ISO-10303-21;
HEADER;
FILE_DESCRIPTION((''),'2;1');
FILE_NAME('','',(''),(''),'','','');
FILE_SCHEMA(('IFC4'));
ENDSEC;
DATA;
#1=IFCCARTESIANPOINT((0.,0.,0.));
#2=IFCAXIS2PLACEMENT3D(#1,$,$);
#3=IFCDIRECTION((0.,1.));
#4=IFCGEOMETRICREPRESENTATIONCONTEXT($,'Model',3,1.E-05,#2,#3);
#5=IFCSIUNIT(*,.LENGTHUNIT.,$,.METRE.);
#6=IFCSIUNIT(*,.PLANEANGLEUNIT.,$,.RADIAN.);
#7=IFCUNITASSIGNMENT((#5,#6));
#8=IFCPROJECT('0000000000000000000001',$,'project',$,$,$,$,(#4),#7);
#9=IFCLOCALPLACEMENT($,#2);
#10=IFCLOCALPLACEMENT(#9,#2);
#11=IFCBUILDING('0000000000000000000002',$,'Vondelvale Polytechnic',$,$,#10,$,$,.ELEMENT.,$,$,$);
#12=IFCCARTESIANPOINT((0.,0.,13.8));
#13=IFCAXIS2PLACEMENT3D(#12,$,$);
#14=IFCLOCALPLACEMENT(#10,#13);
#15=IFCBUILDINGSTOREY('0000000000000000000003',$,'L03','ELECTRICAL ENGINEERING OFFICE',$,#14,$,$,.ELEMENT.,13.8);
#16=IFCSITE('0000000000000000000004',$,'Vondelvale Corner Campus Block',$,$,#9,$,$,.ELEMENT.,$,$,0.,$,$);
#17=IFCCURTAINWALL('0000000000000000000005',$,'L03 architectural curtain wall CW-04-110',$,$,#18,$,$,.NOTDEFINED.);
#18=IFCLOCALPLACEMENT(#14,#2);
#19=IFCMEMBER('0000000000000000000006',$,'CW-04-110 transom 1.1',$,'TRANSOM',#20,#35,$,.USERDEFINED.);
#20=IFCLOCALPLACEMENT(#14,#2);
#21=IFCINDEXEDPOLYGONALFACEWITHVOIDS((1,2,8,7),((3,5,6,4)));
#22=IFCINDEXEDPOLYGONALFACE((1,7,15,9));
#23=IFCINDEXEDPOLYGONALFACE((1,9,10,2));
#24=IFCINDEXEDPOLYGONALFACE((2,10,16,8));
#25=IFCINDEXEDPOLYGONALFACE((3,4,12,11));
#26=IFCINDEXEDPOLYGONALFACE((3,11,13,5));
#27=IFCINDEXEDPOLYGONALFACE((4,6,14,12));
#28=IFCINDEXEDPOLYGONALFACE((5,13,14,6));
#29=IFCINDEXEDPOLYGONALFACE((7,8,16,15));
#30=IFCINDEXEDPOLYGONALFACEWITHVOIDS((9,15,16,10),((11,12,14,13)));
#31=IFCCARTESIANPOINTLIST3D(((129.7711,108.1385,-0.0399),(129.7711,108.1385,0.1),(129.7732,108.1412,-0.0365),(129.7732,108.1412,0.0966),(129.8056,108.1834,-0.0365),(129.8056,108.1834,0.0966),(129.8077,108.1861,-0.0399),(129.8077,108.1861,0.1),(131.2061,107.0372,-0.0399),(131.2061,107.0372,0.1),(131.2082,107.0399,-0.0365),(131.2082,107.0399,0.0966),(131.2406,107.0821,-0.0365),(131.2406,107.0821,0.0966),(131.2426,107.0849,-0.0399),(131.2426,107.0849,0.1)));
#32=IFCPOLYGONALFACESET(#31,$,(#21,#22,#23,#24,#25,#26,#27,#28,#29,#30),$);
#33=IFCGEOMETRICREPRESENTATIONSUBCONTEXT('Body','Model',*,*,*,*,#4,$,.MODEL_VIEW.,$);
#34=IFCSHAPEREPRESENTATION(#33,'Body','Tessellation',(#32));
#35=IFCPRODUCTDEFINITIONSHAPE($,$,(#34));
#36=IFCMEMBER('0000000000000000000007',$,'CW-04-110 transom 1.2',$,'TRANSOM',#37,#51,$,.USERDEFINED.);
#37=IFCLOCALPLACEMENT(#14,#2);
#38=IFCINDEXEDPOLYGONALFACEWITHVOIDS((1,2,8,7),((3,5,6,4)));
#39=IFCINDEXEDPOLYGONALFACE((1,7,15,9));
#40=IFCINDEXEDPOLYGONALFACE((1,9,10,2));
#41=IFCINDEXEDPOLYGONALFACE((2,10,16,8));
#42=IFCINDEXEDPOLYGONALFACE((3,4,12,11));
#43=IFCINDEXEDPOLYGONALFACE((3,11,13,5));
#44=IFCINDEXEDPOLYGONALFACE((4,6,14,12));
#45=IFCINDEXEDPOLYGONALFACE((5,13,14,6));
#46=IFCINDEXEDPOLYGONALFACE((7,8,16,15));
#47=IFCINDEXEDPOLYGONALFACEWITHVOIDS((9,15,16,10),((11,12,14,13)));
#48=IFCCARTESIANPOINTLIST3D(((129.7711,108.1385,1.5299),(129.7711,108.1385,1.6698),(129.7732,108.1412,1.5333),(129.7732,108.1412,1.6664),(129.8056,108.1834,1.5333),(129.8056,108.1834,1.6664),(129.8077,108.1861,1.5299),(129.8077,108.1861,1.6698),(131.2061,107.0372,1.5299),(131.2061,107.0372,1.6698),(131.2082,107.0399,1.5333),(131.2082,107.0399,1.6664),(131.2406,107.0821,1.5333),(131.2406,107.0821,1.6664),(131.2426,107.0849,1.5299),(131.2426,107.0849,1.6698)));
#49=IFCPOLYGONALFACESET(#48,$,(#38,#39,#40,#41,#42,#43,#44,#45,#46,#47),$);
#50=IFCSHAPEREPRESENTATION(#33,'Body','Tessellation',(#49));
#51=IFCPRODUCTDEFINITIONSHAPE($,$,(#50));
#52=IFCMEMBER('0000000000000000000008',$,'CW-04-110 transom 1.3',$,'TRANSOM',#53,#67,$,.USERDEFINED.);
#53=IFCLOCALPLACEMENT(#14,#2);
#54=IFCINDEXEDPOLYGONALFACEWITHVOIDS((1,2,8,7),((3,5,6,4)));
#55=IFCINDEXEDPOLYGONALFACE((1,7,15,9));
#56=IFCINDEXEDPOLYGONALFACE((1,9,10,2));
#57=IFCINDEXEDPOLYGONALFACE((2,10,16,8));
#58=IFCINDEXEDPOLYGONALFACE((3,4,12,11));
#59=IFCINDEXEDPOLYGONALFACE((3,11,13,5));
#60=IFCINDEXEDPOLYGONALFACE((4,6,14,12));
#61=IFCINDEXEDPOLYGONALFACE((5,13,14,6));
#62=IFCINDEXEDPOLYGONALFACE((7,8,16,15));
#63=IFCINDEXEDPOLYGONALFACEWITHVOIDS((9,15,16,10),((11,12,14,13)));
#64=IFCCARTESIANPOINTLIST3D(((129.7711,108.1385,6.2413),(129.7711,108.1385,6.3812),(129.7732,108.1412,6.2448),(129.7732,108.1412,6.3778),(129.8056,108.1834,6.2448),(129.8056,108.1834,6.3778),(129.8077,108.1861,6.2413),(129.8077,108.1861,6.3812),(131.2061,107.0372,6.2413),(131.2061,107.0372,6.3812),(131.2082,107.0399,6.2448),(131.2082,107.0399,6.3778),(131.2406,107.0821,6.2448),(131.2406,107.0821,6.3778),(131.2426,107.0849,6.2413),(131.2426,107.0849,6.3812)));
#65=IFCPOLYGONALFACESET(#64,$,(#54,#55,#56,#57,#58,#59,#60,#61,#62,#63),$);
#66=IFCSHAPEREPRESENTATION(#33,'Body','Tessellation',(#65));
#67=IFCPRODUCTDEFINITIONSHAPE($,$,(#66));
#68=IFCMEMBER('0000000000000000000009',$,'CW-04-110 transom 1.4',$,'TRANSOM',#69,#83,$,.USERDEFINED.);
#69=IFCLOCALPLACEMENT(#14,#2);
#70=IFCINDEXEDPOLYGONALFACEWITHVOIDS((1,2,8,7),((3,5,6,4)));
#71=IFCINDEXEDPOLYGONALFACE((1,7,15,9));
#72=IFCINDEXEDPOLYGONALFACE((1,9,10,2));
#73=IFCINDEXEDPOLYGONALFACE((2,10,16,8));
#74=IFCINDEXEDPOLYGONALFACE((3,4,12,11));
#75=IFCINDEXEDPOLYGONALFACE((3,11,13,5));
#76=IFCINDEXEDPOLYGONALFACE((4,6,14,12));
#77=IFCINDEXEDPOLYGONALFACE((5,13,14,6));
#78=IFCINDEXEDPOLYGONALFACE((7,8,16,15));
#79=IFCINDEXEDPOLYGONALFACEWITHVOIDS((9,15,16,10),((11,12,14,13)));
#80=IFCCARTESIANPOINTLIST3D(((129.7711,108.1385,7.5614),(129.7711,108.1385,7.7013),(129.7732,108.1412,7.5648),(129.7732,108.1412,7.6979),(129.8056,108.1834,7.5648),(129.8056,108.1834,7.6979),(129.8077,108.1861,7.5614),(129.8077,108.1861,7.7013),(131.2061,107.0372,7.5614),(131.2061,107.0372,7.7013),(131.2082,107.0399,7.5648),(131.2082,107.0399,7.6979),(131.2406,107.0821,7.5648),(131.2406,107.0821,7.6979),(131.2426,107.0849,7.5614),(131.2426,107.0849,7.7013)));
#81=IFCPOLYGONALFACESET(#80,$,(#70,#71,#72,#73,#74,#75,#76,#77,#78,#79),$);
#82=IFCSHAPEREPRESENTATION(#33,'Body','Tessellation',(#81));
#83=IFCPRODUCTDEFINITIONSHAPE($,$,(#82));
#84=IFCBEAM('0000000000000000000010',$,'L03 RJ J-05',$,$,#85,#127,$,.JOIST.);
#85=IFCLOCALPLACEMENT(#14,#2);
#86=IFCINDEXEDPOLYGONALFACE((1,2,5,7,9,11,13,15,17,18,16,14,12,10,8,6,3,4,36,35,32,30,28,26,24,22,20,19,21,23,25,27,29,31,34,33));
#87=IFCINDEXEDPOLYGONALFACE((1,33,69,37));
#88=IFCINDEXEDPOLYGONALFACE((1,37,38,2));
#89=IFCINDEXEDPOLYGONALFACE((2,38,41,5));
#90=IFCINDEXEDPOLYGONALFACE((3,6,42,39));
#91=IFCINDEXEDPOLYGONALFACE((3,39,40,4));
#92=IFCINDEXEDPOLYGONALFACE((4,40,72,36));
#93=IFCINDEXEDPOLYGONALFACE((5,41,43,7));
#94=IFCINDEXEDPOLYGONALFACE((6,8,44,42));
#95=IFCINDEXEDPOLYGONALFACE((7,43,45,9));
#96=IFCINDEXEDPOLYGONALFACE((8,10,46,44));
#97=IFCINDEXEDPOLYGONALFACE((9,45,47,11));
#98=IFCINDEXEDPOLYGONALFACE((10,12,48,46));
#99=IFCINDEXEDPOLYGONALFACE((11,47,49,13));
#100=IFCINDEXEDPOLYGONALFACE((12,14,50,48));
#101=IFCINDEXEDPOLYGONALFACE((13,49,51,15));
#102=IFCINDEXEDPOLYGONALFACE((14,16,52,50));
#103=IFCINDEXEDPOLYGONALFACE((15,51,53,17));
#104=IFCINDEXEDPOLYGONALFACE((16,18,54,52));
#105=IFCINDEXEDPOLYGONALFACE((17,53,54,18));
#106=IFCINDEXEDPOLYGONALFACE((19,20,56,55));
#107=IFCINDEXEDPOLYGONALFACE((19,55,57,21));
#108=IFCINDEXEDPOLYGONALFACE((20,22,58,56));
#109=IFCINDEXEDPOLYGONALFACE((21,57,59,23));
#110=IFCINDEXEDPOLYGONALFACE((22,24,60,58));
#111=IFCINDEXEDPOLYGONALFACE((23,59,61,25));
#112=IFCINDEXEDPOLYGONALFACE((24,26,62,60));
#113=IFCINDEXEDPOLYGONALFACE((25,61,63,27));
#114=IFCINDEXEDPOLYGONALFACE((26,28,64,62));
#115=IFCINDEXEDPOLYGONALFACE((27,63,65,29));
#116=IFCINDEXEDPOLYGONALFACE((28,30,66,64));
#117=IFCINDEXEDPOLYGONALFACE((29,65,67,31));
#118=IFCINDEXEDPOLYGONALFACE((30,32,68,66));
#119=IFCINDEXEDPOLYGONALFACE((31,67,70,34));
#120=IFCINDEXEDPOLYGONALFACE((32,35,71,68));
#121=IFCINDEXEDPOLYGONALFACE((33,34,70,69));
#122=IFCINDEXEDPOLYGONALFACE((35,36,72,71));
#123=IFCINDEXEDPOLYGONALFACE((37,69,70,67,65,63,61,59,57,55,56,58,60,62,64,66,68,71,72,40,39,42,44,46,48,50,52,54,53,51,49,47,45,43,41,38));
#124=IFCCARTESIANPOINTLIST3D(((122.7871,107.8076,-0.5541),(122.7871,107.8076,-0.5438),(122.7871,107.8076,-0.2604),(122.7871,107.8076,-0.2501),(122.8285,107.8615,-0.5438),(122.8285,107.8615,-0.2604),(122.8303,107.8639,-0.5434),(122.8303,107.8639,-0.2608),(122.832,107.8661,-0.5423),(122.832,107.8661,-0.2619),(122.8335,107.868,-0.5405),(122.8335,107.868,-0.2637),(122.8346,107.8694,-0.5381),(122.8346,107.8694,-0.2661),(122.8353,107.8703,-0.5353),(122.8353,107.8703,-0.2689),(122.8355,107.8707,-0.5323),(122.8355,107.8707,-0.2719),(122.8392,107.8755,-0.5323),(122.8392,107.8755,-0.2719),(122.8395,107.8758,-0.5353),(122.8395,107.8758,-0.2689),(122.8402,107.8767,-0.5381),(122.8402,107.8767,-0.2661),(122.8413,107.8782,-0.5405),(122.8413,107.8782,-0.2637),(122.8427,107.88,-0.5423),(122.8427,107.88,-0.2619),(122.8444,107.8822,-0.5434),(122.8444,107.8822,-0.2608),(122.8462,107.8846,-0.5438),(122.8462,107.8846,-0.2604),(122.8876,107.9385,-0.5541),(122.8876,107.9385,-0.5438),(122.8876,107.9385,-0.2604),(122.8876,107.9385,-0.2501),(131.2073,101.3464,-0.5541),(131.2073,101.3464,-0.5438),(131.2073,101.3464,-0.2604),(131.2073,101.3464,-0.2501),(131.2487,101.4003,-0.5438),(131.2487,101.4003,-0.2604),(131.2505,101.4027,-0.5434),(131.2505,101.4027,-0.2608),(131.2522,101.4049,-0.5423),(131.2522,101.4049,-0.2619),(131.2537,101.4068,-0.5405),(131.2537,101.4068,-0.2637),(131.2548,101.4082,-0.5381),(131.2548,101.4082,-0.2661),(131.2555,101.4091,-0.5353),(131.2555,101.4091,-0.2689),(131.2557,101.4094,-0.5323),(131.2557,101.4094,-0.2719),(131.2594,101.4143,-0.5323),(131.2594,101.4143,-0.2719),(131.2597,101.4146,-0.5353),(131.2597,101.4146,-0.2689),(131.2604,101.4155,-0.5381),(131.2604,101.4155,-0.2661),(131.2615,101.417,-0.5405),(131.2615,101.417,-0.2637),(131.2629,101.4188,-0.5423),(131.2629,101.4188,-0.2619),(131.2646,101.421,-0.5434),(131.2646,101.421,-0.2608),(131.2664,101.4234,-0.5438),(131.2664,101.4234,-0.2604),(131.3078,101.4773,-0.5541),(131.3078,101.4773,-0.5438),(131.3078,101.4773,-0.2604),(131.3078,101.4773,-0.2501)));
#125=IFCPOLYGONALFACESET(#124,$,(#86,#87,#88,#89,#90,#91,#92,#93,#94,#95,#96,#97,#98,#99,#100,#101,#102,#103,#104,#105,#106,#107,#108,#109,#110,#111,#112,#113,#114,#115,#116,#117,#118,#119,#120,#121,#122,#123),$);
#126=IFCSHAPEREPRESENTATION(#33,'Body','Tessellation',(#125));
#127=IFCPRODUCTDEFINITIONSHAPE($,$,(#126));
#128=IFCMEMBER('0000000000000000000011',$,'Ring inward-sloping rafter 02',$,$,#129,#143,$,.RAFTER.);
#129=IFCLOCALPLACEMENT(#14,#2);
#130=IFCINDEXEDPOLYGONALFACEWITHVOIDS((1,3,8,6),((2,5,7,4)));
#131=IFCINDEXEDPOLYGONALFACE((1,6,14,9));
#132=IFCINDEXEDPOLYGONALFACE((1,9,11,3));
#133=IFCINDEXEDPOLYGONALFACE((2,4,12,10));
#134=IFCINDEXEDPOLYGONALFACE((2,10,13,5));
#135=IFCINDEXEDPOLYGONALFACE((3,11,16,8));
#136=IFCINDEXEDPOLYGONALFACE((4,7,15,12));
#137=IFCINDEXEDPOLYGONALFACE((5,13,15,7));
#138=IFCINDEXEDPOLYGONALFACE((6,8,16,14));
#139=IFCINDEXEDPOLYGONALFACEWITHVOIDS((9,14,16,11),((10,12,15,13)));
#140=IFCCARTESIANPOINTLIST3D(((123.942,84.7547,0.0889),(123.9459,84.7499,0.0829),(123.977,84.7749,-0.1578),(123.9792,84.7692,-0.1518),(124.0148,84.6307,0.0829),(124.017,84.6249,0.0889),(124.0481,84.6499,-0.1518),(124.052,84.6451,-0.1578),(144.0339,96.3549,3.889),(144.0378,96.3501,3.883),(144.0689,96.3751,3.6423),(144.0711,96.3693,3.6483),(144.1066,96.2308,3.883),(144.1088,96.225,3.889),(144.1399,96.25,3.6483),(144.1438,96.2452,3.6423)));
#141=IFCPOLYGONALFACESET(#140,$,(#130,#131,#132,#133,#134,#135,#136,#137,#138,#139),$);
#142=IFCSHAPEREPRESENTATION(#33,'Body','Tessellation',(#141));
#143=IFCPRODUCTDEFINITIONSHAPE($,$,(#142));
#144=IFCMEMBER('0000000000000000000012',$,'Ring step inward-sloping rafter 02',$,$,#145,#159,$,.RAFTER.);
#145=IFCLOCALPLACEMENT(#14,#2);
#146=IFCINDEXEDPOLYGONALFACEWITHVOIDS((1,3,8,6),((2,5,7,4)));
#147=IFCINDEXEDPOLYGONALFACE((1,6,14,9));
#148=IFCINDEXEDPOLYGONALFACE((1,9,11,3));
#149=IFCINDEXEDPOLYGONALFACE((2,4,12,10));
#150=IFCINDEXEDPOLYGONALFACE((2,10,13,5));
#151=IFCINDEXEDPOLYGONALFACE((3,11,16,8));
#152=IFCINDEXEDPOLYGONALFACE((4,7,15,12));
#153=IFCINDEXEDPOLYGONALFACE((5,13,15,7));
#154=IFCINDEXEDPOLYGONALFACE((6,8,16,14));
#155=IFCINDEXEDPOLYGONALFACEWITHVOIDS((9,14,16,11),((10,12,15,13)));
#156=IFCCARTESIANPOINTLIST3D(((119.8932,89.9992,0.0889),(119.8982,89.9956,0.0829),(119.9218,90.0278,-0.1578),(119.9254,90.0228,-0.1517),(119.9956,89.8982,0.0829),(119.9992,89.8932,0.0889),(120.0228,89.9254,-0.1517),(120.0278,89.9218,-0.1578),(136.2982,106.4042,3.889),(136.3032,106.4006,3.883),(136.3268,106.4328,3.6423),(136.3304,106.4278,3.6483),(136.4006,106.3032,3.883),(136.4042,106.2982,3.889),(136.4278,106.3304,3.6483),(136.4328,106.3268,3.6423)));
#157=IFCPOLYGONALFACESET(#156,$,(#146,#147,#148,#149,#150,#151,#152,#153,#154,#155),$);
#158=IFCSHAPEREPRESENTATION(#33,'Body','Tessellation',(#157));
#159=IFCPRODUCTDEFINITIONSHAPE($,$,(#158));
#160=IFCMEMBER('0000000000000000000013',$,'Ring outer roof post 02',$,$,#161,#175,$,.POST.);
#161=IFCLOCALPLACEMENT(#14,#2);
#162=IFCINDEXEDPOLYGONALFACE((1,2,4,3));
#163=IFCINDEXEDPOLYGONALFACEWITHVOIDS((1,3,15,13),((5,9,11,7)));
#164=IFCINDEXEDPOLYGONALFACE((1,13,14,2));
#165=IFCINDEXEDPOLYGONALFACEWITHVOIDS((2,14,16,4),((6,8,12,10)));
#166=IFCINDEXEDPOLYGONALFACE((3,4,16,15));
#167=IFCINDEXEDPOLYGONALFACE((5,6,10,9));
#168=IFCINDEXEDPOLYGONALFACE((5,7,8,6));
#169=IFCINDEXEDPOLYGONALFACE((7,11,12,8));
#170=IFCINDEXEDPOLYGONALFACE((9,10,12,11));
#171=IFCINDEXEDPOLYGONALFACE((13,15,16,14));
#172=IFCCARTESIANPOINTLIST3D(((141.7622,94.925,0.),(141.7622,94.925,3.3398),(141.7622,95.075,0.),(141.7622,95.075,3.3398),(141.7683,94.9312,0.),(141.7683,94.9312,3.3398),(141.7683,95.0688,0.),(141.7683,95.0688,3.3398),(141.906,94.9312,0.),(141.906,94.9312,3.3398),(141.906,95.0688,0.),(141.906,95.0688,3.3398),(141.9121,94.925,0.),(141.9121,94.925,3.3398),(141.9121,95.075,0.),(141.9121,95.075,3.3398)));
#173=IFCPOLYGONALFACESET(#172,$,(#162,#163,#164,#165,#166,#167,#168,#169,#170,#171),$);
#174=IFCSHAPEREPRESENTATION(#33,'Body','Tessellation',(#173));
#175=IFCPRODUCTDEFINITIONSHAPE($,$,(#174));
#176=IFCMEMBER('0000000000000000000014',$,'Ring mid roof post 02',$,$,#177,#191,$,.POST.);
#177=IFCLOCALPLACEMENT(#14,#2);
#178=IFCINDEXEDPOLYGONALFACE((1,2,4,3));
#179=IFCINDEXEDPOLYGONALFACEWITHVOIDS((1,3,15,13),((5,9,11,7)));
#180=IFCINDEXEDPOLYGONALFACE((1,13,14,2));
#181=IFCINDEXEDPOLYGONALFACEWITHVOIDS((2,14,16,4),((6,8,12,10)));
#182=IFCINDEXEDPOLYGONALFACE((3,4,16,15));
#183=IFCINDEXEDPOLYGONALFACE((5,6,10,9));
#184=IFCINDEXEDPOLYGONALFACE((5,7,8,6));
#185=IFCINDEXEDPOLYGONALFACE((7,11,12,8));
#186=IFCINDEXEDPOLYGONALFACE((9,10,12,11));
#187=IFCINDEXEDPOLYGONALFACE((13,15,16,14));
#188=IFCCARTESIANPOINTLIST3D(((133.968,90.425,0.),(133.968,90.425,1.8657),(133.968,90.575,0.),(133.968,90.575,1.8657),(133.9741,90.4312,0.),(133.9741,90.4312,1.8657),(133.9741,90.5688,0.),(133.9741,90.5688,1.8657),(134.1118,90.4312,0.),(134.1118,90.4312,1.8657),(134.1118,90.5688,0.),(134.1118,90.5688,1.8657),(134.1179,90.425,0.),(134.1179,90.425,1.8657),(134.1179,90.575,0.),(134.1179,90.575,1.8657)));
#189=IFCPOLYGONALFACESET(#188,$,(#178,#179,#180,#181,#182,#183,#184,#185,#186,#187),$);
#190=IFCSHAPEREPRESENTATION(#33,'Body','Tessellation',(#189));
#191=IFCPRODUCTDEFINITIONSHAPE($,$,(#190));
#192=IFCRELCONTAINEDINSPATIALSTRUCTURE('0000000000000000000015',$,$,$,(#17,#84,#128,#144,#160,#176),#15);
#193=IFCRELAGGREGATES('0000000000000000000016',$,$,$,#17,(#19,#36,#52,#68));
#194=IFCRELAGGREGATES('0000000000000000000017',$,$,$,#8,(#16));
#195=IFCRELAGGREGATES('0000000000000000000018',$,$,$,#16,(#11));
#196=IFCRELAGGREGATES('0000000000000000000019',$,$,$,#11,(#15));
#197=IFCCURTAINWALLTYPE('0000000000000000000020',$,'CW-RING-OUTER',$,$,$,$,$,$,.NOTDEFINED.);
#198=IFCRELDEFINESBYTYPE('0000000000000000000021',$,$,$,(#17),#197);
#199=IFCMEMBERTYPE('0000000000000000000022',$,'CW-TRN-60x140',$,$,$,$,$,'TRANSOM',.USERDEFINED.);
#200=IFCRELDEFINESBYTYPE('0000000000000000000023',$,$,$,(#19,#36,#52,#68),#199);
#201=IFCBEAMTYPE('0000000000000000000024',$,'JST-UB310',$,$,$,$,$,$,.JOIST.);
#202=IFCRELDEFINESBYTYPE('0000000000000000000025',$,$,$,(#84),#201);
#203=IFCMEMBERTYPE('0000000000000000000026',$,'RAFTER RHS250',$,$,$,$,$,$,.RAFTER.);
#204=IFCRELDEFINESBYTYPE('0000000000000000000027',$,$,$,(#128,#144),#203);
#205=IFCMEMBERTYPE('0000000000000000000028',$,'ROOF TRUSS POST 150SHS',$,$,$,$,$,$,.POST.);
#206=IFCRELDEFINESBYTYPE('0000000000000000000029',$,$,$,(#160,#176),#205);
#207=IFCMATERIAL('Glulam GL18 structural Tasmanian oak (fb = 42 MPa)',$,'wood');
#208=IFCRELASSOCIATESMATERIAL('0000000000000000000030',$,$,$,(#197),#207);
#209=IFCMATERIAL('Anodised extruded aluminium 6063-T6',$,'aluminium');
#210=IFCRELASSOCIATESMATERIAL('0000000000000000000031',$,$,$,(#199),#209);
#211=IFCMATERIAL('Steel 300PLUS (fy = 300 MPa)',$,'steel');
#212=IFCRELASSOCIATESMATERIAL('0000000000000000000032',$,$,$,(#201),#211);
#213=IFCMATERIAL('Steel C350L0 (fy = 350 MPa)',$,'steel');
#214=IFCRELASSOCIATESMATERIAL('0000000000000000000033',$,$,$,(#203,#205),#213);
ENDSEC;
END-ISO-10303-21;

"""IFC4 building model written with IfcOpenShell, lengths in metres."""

from ifc_helpers import new_model, si_unit, direction, frame, origin, origin_2d, place, context, subcontext, project, spatial, hollow_rectangle, i_section, extrude, material, material_profile, profile_set, type_object, element, aggregate, save


model = new_model("IFC4")

# Units and contexts
model_context = context("Model", 3, precision=1e-05, world=origin(), true_north=direction((0.0, 1.0)))
body_context = subcontext(model_context, "Body", "Model", "MODEL_VIEW")
ifc_project = project(units=[si_unit("LENGTHUNIT", "METRE"), si_unit("PLANEANGLEUNIT", "RADIAN")], contexts=[model_context])

# Site, building, storey
site_placement = place(None, origin())
site = spatial("IfcSite", under=ifc_project, at=site_placement, Name="Vondelvale Corner Campus Block", CompositionType="ELEMENT", RefElevation=0.0)
building_placement = place(site_placement, origin())
building = spatial("IfcBuilding", under=site, at=building_placement, Name="Vondelvale Polytechnic", CompositionType="ELEMENT")
storey_placement = place(building_placement, frame((0.0, 0.0, 13.8)))
storey = spatial("IfcBuildingStorey", under=building, at=storey_placement, Name="L03", Description="ELECTRICAL ENGINEERING OFFICE", CompositionType="ELEMENT", Elevation=13.8)

# Shared definitions
ifc_material_1 = material(Name="Glulam GL18 structural Tasmanian oak (fb = 42 MPa)", Category="wood")

# Shared definitions
ifc_material_2 = material(Name="Steel 300PLUS (fy = 300 MPa)", Category="steel")

# Shared definitions
curtain_wall_type = type_object("IfcCurtainWallType", Name="CW-RING-OUTER", PredefinedType="NOTDEFINED", material=ifc_material_1)
ifc_material_3 = material(Name="Anodised extruded aluminium 6063-T6", Category="aluminium")

# Curtain wall
curtain_wall_1_placement = place(storey_placement, origin())
curtain_wall_1 = element("IfcCurtainWall", 1, at=curtain_wall_1_placement, inside=storey, type_object=curtain_wall_type, Name="L03 architectural curtain wall CW-04-110", PredefinedType="NOTDEFINED")

# Members
ifc_material_profile_1 = material_profile(ifc_material_3, hollow_rectangle(XDim=0.0601, YDim=0.1399, WallThickness=0.0034, at=origin_2d()), Name="CW-TRN-140x60")
ifc_profile_set_1 = profile_set([ifc_material_profile_1], Name="Anodised extruded aluminium 6063-T6")
member_type_1 = type_object("IfcMemberType", Name="CW-TRN-60x140", ElementType="TRANSOM", PredefinedType="USERDEFINED", material=ifc_profile_set_1)
member_1_placement = place(storey_placement, frame((131.2244, 107.061, 0.03), z_axis=(-0.793311, 0.608817, 0.0), x_axis=(-0.608817, -0.793311, 0.0)))
member_1 = element("IfcMember", 2, at=member_1_placement, type_object=member_type_1, Name="CW-04-110 transom 1.1", ObjectType="TRANSOM", PredefinedType="USERDEFINED", context=body_context, shape_type="SweptSolid", body=[
    extrude(hollow_rectangle(XDim=0.0601, YDim=0.1399, WallThickness=0.0034, at=origin_2d()), origin(), (0.0, 0.0, 1.0), 1.8088),
])
member_2_placement = place(storey_placement, frame((131.2244, 107.061, 1.5999), z_axis=(-0.793311, 0.608817, 0.0), x_axis=(-0.608817, -0.793311, 0.0)))
member_2 = element("IfcMember", 3, at=member_2_placement, type_object=member_type_1, Name="CW-04-110 transom 1.2", ObjectType="TRANSOM", PredefinedType="USERDEFINED", context=body_context, shape_type="SweptSolid", body=[
    extrude(hollow_rectangle(XDim=0.0601, YDim=0.1399, WallThickness=0.0034, at=origin_2d()), origin(), (0.0, 0.0, 1.0), 1.8088),
])
member_3_placement = place(storey_placement, frame((131.2244, 107.061, 6.3113), z_axis=(-0.793311, 0.608817, 0.0), x_axis=(-0.608817, -0.793311, 0.0)))
member_3 = element("IfcMember", 4, at=member_3_placement, type_object=member_type_1, Name="CW-04-110 transom 1.3", ObjectType="TRANSOM", PredefinedType="USERDEFINED", context=body_context, shape_type="SweptSolid", body=[
    extrude(hollow_rectangle(XDim=0.0601, YDim=0.1399, WallThickness=0.0034, at=origin_2d()), origin(), (0.0, 0.0, 1.0), 1.8088),
])
member_4_placement = place(storey_placement, frame((131.2244, 107.061, 7.6313), z_axis=(-0.793311, 0.608817, 0.0), x_axis=(-0.608817, -0.793311, 0.0)))
member_4 = element("IfcMember", 5, at=member_4_placement, type_object=member_type_1, Name="CW-04-110 transom 1.4", ObjectType="TRANSOM", PredefinedType="USERDEFINED", context=body_context, shape_type="SweptSolid", body=[
    extrude(hollow_rectangle(XDim=0.0601, YDim=0.1399, WallThickness=0.0034, at=origin_2d()), origin(), (0.0, 0.0, 1.0), 1.8088),
])

# Beam
ifc_material_profile_2 = material_profile(ifc_material_2, i_section(OverallWidth=0.165, OverallDepth=0.304, WebThickness=0.0061, FlangeThickness=0.0103, FilletRadius=0.0115, at=origin_2d()), Name="310UB40.4")
ifc_profile_set_2 = profile_set([ifc_material_profile_2], Name="Steel 300PLUS (fy = 300 MPa)")
beam_type_1 = type_object("IfcBeamType", Name="JST-UB310", PredefinedType="JOIST", material=ifc_profile_set_2)
beam_1_placement = place(storey_placement, frame((131.2576, 101.4119, -0.4021), z_axis=(-0.793346, 0.608771, 0.0), x_axis=(-0.608771, -0.793346, 0.0)))
element("IfcBeam", 6, at=beam_1_placement, inside=storey, type_object=beam_type_1, Name="L03 RJ J-05", PredefinedType="JOIST", context=body_context, shape_type="SweptSolid", body=[
    extrude(i_section(OverallWidth=0.165, OverallDepth=0.304, WebThickness=0.0061, FlangeThickness=0.0103, FilletRadius=0.0115, at=origin_2d()), origin(), (0.0, 0.0, 1.0), 10.6135),
])

# Members
ifc_material_4 = material(Name="Steel C350L0 (fy = 350 MPa)", Category="steel")
ifc_material_profile_3 = material_profile(ifc_material_4, hollow_rectangle(XDim=0.1499, YDim=0.25, WallThickness=0.0061, at=origin_2d()), Name="250x150x6.0RHS")
ifc_profile_set_3 = profile_set([ifc_material_profile_3], Name="Steel C350L0 (fy = 350 MPa)")
member_type_2 = type_object("IfcMemberType", Name="RAFTER RHS250", PredefinedType="RAFTER", material=ifc_profile_set_3)
for number, where, z_axis, x_axis, name in (
    (7, (144.0889, 96.3, 3.7656), (-0.854635, -0.493428, -0.161641), (0.500003, -0.866024, 0.0), "Ring inward-sloping rafter 02"),
    (8, (136.3655, 106.3655, 3.7656), (-0.697808, -0.697808, -0.16164), (0.707107, -0.707107, 0.0), "Ring step inward-sloping rafter 02"),
):
    element("IfcMember", number, at=place(storey_placement, frame(where, z_axis=z_axis, x_axis=x_axis)), inside=storey, type_object=member_type_2, Name=name, PredefinedType="RAFTER", context=body_context, shape_type="SweptSolid", body=[
        extrude(hollow_rectangle(XDim=0.1499, YDim=0.25, WallThickness=0.0061, at=origin_2d()), origin(), (0.0, 0.0, 1.0), 23.5093),
    ])
ifc_material_profile_4 = material_profile(ifc_material_4, hollow_rectangle(XDim=0.1499, YDim=0.1499, WallThickness=0.0061, at=origin_2d()), Name="150x150x6.0SHS")
ifc_profile_set_4 = profile_set([ifc_material_profile_4], Name="Steel C350L0 (fy = 350 MPa)")
member_type_3 = type_object("IfcMemberType", Name="ROOF TRUSS POST 150SHS", PredefinedType="POST", material=ifc_profile_set_4)
member_5_placement = place(storey_placement, frame((141.8372, 95.0, 0.0), z_axis=(0.0, 0.0, 1.0), x_axis=(1.0, 0.0, 0.0)))
element("IfcMember", 9, at=member_5_placement, inside=storey, type_object=member_type_3, Name="Ring outer roof post 02", PredefinedType="POST", context=body_context, shape_type="SweptSolid", body=[
    extrude(hollow_rectangle(XDim=0.1499, YDim=0.1499, WallThickness=0.0061, at=origin_2d()), origin(), (0.0, 0.0, 1.0), 3.3398),
])
member_6_placement = place(storey_placement, frame((134.043, 90.5, 0.0), z_axis=(0.0, 0.0, 1.0), x_axis=(1.0, 0.0, 0.0)))
element("IfcMember", 10, at=member_6_placement, inside=storey, type_object=member_type_3, Name="Ring mid roof post 02", PredefinedType="POST", context=body_context, shape_type="SweptSolid", body=[
    extrude(hollow_rectangle(XDim=0.1499, YDim=0.1499, WallThickness=0.0061, at=origin_2d()), origin(), (0.0, 0.0, 1.0), 1.8657),
])

aggregate(curtain_wall_1, [member_1, member_2, member_3, member_4])

save(model, "model.ifc")
